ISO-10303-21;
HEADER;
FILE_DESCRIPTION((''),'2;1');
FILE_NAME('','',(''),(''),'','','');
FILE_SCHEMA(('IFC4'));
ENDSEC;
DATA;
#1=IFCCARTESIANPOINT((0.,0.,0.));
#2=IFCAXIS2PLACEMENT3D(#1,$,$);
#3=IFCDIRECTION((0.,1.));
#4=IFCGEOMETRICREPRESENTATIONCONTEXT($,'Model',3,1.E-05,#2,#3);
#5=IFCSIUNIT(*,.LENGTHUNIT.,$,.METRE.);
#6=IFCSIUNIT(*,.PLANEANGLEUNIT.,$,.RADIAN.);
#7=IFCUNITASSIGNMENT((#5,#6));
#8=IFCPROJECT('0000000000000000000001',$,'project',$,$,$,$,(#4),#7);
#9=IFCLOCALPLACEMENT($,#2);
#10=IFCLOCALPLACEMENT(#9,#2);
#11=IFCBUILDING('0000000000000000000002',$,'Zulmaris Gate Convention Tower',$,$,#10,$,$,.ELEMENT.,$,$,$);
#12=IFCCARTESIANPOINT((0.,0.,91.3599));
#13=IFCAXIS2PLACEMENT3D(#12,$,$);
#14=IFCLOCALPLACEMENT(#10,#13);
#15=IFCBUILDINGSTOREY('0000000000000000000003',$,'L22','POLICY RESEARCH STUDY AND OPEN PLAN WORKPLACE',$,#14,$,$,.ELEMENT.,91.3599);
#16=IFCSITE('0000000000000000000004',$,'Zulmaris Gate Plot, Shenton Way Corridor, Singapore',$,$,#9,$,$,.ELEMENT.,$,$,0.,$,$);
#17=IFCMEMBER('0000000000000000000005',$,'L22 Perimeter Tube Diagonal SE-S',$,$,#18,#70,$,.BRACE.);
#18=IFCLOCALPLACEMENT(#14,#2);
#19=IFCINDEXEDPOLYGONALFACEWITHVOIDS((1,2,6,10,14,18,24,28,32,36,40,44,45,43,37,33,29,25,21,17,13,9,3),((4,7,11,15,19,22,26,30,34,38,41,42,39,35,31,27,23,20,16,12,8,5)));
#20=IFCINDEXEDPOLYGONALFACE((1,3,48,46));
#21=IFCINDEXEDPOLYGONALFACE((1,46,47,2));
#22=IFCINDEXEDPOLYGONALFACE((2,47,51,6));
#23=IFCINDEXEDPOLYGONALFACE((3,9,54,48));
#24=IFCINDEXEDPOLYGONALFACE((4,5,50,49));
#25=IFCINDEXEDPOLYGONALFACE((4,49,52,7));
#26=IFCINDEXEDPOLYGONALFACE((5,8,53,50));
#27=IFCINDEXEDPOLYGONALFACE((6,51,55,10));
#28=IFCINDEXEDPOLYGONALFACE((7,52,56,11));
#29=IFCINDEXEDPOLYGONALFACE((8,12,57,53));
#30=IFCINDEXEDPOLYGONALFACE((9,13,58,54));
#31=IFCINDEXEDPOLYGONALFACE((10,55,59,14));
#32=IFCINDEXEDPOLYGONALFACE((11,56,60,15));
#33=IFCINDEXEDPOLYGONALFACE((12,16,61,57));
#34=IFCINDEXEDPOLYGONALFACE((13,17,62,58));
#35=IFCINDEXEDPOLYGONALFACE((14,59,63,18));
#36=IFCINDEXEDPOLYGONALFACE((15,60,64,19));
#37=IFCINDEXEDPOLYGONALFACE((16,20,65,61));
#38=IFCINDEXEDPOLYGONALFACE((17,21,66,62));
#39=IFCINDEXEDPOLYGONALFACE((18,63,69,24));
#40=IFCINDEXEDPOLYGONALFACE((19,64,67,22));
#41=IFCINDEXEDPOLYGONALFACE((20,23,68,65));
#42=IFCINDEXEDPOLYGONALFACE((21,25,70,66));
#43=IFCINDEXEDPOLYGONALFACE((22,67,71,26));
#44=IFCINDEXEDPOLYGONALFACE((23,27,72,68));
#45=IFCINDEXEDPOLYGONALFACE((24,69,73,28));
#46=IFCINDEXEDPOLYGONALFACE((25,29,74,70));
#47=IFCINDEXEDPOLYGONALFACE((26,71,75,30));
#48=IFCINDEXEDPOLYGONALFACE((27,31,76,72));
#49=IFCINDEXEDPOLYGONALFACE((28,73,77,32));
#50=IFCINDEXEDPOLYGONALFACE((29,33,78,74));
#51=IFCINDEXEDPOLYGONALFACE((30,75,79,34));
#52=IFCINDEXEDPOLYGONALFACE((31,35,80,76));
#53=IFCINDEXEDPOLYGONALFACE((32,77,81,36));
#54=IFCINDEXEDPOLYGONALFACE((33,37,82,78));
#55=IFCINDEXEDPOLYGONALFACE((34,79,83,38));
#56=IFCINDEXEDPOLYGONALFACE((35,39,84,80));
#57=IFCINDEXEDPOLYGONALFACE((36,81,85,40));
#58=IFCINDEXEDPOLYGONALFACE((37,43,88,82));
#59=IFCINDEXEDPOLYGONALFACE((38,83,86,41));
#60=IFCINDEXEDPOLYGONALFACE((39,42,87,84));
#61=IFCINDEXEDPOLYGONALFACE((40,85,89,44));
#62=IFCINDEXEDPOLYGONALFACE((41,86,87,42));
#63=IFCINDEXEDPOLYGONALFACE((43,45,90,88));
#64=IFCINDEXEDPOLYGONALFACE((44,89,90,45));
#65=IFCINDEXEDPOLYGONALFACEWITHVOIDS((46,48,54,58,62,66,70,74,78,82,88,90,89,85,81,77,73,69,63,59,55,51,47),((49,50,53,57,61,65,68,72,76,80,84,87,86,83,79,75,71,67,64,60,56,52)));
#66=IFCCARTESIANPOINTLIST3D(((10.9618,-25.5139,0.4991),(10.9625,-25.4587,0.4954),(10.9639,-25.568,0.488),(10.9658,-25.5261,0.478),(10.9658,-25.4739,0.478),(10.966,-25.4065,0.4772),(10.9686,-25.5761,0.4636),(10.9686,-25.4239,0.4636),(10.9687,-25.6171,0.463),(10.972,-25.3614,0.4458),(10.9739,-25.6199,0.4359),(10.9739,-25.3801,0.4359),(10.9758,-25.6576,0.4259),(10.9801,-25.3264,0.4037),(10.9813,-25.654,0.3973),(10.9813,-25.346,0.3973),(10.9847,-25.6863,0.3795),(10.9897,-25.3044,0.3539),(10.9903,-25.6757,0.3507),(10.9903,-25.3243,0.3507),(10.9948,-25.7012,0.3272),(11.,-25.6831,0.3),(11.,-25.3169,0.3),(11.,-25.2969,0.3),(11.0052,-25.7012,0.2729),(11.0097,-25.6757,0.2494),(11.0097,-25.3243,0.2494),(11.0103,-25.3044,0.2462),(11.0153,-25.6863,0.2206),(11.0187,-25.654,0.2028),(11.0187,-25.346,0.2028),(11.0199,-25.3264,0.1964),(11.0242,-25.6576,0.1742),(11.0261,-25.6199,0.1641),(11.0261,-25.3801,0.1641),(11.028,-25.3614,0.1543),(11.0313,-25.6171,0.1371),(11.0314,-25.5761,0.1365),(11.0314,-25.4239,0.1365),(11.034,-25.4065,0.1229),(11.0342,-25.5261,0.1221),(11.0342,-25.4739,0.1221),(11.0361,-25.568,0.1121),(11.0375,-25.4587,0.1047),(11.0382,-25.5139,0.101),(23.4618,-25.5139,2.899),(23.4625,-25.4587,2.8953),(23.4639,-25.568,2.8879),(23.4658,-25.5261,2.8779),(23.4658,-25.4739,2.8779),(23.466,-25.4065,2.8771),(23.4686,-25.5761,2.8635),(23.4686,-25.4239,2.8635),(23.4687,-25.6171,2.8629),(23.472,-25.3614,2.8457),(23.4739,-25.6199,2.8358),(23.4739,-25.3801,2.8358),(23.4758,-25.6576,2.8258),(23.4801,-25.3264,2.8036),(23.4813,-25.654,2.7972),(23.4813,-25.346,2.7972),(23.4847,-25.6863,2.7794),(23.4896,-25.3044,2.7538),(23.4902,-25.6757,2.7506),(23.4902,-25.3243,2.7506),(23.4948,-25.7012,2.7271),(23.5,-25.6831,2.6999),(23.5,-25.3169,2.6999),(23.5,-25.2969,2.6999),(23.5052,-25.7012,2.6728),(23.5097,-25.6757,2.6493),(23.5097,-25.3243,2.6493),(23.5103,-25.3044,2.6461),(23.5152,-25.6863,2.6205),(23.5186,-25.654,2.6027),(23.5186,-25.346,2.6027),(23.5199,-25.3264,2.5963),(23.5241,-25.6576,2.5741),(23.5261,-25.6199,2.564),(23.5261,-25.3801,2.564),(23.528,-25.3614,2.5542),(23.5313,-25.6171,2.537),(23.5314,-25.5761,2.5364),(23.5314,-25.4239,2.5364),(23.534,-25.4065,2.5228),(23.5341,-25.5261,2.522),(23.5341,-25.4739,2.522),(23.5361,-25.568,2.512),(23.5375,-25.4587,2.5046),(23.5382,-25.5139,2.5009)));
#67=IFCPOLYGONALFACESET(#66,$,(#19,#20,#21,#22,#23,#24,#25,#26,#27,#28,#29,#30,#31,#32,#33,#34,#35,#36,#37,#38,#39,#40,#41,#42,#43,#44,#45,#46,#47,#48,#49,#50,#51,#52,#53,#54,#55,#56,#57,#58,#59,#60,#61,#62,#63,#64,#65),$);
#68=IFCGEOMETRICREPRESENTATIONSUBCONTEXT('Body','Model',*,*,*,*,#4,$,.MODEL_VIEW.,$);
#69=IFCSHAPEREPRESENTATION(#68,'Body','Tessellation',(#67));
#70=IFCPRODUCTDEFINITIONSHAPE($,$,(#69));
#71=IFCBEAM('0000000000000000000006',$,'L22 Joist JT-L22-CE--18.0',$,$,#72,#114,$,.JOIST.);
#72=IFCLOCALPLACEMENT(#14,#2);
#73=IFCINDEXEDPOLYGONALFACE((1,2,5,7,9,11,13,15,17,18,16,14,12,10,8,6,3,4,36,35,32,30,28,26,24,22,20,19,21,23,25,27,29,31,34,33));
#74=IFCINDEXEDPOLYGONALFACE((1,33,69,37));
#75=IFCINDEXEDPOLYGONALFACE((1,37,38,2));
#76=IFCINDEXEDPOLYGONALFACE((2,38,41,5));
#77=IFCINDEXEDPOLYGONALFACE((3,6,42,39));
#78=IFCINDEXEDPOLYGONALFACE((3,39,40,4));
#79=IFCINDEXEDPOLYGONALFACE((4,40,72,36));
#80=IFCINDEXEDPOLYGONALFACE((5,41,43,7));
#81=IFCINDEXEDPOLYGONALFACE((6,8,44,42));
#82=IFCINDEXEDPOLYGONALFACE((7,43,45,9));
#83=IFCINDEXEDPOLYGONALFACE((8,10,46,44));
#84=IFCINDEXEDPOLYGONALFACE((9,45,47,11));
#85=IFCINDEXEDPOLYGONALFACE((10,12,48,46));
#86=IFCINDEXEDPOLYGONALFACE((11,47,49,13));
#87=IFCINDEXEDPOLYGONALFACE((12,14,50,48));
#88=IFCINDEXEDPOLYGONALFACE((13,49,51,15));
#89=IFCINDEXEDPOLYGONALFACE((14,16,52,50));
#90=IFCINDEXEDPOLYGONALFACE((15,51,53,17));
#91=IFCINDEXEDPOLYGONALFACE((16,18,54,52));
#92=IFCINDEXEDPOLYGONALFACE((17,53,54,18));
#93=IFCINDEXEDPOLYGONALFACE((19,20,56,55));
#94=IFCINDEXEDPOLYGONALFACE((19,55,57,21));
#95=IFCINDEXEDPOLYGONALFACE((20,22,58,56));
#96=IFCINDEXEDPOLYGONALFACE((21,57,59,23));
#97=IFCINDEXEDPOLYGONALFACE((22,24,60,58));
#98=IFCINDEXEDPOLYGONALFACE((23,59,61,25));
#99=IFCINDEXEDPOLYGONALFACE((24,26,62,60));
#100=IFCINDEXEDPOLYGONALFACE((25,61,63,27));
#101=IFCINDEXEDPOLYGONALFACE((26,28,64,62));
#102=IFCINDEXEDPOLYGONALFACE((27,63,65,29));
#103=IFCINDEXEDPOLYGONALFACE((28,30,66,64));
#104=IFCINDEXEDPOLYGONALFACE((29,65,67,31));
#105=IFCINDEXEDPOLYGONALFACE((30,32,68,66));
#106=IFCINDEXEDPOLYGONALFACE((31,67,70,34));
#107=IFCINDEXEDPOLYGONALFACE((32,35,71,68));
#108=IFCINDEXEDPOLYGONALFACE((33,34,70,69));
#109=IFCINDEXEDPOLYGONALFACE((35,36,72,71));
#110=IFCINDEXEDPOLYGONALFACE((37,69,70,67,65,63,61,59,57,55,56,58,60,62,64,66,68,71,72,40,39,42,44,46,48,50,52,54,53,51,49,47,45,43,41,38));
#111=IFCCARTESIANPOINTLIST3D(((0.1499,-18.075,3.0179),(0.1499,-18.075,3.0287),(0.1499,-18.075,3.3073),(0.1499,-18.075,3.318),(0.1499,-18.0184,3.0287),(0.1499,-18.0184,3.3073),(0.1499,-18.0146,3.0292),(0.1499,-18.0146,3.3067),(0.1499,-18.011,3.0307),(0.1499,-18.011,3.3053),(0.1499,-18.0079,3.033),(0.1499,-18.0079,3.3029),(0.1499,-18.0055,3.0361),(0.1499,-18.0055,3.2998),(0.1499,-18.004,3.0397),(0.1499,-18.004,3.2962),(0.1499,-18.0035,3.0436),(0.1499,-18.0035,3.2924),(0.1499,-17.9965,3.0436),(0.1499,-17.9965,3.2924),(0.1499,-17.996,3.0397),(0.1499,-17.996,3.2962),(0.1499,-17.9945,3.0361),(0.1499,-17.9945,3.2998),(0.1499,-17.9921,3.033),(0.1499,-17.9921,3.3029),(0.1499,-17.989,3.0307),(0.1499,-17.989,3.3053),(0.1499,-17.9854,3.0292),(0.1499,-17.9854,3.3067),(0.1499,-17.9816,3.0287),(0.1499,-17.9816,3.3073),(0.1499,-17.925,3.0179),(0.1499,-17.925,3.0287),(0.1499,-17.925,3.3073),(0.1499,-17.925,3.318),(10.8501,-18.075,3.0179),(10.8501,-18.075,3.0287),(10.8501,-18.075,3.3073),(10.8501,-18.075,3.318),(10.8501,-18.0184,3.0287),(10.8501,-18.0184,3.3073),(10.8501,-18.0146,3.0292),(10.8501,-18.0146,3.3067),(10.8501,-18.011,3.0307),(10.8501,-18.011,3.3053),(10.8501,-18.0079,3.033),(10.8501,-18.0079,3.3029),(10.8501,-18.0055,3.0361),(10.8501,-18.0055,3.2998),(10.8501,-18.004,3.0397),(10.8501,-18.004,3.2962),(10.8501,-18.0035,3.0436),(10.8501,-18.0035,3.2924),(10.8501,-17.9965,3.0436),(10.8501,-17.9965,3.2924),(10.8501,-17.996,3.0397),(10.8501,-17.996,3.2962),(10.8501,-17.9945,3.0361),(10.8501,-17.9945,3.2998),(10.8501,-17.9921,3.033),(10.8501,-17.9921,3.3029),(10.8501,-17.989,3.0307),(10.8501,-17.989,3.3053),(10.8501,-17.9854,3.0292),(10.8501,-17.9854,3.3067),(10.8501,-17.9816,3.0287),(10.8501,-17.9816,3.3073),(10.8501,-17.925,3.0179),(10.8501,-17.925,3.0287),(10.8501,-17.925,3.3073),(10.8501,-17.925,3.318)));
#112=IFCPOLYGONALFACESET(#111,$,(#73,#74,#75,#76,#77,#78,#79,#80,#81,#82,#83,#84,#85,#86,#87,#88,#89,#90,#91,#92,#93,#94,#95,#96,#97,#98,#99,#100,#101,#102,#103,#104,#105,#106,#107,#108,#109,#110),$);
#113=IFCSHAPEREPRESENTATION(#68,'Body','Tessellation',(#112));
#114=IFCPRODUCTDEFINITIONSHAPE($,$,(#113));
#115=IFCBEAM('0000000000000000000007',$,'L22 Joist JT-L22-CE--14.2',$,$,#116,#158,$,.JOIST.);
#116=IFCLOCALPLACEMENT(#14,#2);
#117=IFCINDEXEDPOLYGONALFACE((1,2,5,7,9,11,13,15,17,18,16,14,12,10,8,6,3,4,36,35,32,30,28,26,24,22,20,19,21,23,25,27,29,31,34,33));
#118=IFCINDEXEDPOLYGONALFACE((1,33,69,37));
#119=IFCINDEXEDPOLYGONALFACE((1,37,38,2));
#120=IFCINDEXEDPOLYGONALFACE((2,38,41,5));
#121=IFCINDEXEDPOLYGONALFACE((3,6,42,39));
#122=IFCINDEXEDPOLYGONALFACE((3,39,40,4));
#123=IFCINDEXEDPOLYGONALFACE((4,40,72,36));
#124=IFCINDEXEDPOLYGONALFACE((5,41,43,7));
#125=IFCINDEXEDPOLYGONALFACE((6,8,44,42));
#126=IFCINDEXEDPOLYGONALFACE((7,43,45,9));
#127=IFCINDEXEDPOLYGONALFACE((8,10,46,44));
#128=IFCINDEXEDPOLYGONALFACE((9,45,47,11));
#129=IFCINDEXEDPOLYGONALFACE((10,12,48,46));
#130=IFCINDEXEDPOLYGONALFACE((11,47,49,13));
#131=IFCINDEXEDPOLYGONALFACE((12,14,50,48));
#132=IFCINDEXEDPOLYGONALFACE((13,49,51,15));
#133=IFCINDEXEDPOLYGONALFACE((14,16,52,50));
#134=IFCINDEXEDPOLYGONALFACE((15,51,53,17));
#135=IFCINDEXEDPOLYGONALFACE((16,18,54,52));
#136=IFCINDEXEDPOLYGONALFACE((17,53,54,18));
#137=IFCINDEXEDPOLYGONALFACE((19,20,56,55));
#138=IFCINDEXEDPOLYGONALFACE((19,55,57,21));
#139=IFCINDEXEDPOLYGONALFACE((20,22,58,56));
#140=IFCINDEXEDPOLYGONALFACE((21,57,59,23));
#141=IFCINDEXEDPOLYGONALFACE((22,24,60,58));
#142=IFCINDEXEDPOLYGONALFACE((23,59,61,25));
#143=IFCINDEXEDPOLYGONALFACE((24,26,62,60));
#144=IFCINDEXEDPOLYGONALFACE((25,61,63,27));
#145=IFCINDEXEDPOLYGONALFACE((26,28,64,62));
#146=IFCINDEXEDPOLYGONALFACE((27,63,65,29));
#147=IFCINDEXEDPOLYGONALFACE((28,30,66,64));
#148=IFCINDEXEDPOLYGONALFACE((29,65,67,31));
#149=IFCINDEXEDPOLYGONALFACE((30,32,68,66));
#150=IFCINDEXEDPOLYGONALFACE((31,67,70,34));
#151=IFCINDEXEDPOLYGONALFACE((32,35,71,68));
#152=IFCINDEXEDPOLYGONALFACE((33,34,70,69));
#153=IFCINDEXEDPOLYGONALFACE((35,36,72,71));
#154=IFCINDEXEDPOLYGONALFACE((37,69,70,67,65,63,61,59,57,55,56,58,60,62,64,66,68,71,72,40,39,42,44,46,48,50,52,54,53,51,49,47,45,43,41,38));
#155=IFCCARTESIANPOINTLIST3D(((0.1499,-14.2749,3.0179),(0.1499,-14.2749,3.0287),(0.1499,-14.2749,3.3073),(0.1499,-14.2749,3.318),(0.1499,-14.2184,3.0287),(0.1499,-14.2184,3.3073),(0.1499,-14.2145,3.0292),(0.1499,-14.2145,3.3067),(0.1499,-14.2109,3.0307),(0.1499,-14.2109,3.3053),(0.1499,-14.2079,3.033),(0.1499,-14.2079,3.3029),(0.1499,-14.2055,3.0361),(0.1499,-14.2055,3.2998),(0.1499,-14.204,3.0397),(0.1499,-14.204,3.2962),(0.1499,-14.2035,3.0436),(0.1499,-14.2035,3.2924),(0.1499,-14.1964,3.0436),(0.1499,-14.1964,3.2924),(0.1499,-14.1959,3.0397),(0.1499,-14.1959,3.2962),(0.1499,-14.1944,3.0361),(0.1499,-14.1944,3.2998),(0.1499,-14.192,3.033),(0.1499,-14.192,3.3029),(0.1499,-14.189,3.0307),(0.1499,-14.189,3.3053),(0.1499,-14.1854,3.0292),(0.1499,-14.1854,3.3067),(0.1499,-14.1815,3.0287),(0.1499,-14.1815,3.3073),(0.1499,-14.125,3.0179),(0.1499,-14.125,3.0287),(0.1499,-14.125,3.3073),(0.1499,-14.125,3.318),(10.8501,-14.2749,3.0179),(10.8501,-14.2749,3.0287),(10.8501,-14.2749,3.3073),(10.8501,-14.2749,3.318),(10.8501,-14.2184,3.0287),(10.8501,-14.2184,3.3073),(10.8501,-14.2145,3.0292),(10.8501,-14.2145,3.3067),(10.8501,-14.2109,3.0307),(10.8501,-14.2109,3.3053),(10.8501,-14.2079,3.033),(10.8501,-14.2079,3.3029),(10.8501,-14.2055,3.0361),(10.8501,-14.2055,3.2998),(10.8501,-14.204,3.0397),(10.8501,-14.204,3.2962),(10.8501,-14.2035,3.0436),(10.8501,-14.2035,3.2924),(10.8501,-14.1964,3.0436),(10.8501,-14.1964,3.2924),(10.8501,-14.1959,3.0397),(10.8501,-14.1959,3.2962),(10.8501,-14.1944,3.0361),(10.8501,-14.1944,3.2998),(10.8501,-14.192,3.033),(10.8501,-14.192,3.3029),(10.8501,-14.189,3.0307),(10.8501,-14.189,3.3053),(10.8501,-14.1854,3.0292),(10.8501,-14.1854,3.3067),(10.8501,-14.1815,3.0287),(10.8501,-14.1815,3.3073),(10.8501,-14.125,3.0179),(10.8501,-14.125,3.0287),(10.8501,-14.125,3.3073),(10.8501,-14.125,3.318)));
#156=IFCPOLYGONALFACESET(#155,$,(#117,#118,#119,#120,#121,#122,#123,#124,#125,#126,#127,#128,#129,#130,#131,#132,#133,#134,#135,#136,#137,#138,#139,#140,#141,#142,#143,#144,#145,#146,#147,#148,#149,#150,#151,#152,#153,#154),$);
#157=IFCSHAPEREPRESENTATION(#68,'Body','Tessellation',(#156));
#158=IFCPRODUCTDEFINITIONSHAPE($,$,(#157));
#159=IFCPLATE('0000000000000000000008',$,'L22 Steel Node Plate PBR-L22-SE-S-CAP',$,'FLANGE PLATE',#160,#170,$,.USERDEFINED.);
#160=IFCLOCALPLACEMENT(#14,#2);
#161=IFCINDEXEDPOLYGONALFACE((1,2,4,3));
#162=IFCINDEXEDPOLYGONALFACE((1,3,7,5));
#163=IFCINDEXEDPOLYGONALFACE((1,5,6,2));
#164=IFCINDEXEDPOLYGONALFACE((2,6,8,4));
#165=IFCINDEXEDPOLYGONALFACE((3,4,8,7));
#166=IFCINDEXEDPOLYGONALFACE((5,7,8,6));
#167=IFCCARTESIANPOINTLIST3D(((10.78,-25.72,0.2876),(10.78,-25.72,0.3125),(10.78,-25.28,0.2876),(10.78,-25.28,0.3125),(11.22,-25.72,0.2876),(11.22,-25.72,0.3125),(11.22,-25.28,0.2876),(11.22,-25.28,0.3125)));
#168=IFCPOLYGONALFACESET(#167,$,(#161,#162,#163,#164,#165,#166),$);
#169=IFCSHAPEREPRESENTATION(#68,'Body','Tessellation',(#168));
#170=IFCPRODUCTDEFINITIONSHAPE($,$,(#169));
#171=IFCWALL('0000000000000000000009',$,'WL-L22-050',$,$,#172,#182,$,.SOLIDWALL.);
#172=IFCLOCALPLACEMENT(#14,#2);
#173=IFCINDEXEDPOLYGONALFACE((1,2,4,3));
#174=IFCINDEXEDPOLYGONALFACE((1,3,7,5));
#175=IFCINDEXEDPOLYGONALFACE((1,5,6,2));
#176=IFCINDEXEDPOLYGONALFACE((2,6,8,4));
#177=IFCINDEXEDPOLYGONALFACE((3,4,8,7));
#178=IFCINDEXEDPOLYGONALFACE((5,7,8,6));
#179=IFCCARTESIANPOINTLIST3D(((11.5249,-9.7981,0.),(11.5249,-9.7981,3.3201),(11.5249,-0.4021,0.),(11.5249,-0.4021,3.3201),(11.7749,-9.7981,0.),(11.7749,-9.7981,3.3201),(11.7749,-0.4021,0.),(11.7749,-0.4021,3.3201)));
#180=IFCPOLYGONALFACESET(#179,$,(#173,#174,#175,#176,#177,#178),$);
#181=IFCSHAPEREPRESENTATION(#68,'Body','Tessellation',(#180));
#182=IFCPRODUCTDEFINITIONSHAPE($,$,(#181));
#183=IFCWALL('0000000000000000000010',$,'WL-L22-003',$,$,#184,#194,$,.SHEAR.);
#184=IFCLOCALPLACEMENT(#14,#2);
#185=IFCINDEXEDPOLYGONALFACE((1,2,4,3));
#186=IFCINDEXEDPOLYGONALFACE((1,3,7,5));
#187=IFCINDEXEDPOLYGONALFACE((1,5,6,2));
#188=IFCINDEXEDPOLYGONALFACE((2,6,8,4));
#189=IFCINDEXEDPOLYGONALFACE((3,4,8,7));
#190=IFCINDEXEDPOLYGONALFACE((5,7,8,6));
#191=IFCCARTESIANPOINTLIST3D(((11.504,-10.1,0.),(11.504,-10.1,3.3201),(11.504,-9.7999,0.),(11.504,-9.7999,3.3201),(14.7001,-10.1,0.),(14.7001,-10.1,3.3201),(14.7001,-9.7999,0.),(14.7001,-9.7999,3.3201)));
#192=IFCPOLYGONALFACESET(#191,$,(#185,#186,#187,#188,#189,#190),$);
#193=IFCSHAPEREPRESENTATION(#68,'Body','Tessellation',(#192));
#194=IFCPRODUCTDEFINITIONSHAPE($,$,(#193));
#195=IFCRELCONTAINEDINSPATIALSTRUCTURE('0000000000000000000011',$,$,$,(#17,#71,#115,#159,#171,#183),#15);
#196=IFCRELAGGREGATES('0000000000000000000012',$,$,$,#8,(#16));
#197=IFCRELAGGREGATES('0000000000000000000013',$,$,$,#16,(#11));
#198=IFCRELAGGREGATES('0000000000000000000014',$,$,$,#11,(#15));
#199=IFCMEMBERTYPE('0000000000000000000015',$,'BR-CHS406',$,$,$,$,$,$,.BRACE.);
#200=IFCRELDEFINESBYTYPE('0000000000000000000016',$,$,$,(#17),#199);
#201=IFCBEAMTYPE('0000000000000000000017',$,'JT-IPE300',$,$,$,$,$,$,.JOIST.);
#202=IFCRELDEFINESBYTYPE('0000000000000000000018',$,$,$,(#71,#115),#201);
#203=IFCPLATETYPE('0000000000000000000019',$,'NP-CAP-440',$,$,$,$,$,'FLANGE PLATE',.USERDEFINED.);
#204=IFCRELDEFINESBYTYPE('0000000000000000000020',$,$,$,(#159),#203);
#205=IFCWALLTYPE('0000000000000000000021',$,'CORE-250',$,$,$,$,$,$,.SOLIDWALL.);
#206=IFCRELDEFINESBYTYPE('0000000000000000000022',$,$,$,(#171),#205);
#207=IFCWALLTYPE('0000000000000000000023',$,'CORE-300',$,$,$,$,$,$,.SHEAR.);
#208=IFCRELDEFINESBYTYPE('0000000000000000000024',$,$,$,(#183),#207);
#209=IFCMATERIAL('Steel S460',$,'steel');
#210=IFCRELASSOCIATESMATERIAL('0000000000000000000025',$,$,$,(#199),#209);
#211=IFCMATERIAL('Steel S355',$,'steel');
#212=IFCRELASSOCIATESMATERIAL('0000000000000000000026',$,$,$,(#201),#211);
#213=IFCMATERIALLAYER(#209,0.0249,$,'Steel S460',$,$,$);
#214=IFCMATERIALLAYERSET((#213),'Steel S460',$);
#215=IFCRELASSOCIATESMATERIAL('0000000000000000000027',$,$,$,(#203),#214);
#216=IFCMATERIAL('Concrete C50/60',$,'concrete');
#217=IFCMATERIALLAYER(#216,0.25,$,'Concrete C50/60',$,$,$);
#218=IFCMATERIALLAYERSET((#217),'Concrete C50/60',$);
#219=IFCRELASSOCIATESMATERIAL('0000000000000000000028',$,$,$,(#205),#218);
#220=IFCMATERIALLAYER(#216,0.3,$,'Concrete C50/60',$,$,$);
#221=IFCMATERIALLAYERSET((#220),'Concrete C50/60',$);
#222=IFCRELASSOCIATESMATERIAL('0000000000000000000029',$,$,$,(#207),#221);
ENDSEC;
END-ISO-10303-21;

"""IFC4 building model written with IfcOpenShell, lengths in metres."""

from ifc_helpers import new_model, si_unit, direction, frame, frame_2d, origin, origin_2d, place, context, subcontext, project, spatial, rectangle, hollow_circle, i_section, extrude, material, layer, layer_set, material_profile, profile_set, type_object, element, save


model = new_model("IFC4")

# Units and contexts
model_context = context("Model", 3, precision=1e-05, world=origin(), true_north=direction((0.0, 1.0)))
body_context = subcontext(model_context, "Body", "Model", "MODEL_VIEW")
ifc_project = project(units=[si_unit("LENGTHUNIT", "METRE"), si_unit("PLANEANGLEUNIT", "RADIAN")], contexts=[model_context])

# Site, building, storey
site_placement = place(None, origin())
site = spatial("IfcSite", under=ifc_project, at=site_placement, Name="Zulmaris Gate Plot, Shenton Way Corridor, Singapore", CompositionType="ELEMENT", RefElevation=0.0)
building_placement = place(site_placement, origin())
building = spatial("IfcBuilding", under=site, at=building_placement, Name="Zulmaris Gate Convention Tower", CompositionType="ELEMENT")
storey_placement = place(building_placement, frame((0.0, 0.0, 91.3599)))
storey = spatial("IfcBuildingStorey", under=building, at=storey_placement, Name="L22", Description="POLICY RESEARCH STUDY AND OPEN PLAN WORKPLACE", CompositionType="ELEMENT", Elevation=91.3599)

# Shared definitions
ifc_material_1 = material(Name="Steel S355", Category="steel")

# Member
ifc_material_2 = material(Name="Steel S460", Category="steel")
ifc_material_profile_1 = material_profile(ifc_material_2, hollow_circle(Radius=0.2031, WallThickness=0.02, at=origin_2d()), Name="CHS 406.4x20")
ifc_profile_set_1 = profile_set([ifc_material_profile_1], Name="Steel S460")
member_type = type_object("IfcMemberType", Name="BR-CHS406", PredefinedType="BRACE", material=ifc_profile_set_1)
member_placement = place(storey_placement, frame((11.0, -25.5, 0.3), z_axis=(0.982064, 0.0, 0.188549), x_axis=(0.0, 1.0, 0.0)))
element("IfcMember", 1, at=member_placement, inside=storey, type_object=member_type, Name="L22 Perimeter Tube Diagonal SE-S", PredefinedType="BRACE", context=body_context, shape_type="SweptSolid", body=[
    extrude(hollow_circle(Radius=0.2031, WallThickness=0.02, at=origin_2d()), origin(), (0.0, 0.0, 1.0), 12.7283),
])

# Beams
ifc_material_profile_2 = material_profile(ifc_material_1, i_section(OverallWidth=0.1499, OverallDepth=0.3, WebThickness=0.0071, FlangeThickness=0.0107, FilletRadius=0.0149, at=origin_2d()), Name="IPE 300")
ifc_profile_set_2 = profile_set([ifc_material_profile_2], Name="Steel S355")
beam_type_1 = type_object("IfcBeamType", Name="JT-IPE300", PredefinedType="JOIST", material=ifc_profile_set_2)
for number, where, z_axis, x_axis, name in (
    (2, (0.1499, -18.0, 3.168), (1.0, 0.0, 0.0), (0.0, 1.0, 0.0), "L22 Joist JT-L22-CE--18.0"),
    (3, (0.1499, -14.2, 3.168), (1.0, 0.0, 0.0), (0.0, 1.0, 0.0), "L22 Joist JT-L22-CE--14.2"),
):
    element("IfcBeam", number, at=place(storey_placement, frame(where, z_axis=z_axis, x_axis=x_axis)), inside=storey, type_object=beam_type_1, Name=name, PredefinedType="JOIST", context=body_context, shape_type="SweptSolid", body=[
        extrude(i_section(OverallWidth=0.1499, OverallDepth=0.3, WebThickness=0.0071, FlangeThickness=0.0107, FilletRadius=0.0149, at=origin_2d()), origin(), (0.0, 0.0, 1.0), 10.7002),
    ])

# Plate
ifc_layer_1 = layer(ifc_material_2, 0.0249, Name="Steel S460")
ifc_layer_set_1 = layer_set([ifc_layer_1], Name="Steel S460")
plate_type = type_object("IfcPlateType", Name="NP-CAP-440", ElementType="FLANGE PLATE", PredefinedType="USERDEFINED", material=ifc_layer_set_1)
plate_placement = place(storey_placement, frame((11.0, -25.5, 0.2876), z_axis=(0.0, 0.0, 1.0), x_axis=(1.0, 0.0, 0.0)))
element("IfcPlate", 4, at=plate_placement, inside=storey, type_object=plate_type, Name="L22 Steel Node Plate PBR-L22-SE-S-CAP", ObjectType="FLANGE PLATE", PredefinedType="USERDEFINED", context=body_context, shape_type="SweptSolid", body=[
    extrude(rectangle(XDim=0.4399, YDim=0.4399, at=origin_2d()), origin(), (0.0, 0.0, 1.0), 0.0249),
])

# Walls
ifc_material_3 = material(Name="Concrete C50/60", Category="concrete")
ifc_layer_2 = layer(ifc_material_3, 0.25, Name="Concrete C50/60")
ifc_layer_set_2 = layer_set([ifc_layer_2], Name="Concrete C50/60")
wall_type_1 = type_object("IfcWallType", Name="CORE-250", PredefinedType="SOLIDWALL", material=ifc_layer_set_2)
wall_1_placement = place(storey_placement, frame((11.6499, -9.7981, 0.0), z_axis=(0.0, 0.0, 1.0), x_axis=(0.0, 1.0, 0.0)))
element("IfcWall", 5, at=wall_1_placement, inside=storey, type_object=wall_type_1, Name="WL-L22-050", PredefinedType="SOLIDWALL", context=body_context, shape_type="SweptSolid", body=[
    extrude(rectangle(XDim=9.396, YDim=0.25, at=frame_2d((4.698, 0.0))), origin(), (0.0, 0.0, 1.0), 3.3201),
])
ifc_layer_3 = layer(ifc_material_3, 0.3, Name="Concrete C50/60")
ifc_layer_set_3 = layer_set([ifc_layer_3], Name="Concrete C50/60")
wall_type_2 = type_object("IfcWallType", Name="CORE-300", PredefinedType="SHEAR", material=ifc_layer_set_3)
wall_2_placement = place(storey_placement, frame((11.5039, -9.95, 0.0), z_axis=(0.0, 0.0, 1.0), x_axis=(1.0, 0.0, 0.0)))
element("IfcWall", 6, at=wall_2_placement, inside=storey, type_object=wall_type_2, Name="WL-L22-003", PredefinedType="SHEAR", context=body_context, shape_type="SweptSolid", body=[
    extrude(rectangle(XDim=3.196, YDim=0.3, at=frame_2d((1.5981, 0.0))), origin(), (0.0, 0.0, 1.0), 3.3201),
])

save(model, "model.ifc")
